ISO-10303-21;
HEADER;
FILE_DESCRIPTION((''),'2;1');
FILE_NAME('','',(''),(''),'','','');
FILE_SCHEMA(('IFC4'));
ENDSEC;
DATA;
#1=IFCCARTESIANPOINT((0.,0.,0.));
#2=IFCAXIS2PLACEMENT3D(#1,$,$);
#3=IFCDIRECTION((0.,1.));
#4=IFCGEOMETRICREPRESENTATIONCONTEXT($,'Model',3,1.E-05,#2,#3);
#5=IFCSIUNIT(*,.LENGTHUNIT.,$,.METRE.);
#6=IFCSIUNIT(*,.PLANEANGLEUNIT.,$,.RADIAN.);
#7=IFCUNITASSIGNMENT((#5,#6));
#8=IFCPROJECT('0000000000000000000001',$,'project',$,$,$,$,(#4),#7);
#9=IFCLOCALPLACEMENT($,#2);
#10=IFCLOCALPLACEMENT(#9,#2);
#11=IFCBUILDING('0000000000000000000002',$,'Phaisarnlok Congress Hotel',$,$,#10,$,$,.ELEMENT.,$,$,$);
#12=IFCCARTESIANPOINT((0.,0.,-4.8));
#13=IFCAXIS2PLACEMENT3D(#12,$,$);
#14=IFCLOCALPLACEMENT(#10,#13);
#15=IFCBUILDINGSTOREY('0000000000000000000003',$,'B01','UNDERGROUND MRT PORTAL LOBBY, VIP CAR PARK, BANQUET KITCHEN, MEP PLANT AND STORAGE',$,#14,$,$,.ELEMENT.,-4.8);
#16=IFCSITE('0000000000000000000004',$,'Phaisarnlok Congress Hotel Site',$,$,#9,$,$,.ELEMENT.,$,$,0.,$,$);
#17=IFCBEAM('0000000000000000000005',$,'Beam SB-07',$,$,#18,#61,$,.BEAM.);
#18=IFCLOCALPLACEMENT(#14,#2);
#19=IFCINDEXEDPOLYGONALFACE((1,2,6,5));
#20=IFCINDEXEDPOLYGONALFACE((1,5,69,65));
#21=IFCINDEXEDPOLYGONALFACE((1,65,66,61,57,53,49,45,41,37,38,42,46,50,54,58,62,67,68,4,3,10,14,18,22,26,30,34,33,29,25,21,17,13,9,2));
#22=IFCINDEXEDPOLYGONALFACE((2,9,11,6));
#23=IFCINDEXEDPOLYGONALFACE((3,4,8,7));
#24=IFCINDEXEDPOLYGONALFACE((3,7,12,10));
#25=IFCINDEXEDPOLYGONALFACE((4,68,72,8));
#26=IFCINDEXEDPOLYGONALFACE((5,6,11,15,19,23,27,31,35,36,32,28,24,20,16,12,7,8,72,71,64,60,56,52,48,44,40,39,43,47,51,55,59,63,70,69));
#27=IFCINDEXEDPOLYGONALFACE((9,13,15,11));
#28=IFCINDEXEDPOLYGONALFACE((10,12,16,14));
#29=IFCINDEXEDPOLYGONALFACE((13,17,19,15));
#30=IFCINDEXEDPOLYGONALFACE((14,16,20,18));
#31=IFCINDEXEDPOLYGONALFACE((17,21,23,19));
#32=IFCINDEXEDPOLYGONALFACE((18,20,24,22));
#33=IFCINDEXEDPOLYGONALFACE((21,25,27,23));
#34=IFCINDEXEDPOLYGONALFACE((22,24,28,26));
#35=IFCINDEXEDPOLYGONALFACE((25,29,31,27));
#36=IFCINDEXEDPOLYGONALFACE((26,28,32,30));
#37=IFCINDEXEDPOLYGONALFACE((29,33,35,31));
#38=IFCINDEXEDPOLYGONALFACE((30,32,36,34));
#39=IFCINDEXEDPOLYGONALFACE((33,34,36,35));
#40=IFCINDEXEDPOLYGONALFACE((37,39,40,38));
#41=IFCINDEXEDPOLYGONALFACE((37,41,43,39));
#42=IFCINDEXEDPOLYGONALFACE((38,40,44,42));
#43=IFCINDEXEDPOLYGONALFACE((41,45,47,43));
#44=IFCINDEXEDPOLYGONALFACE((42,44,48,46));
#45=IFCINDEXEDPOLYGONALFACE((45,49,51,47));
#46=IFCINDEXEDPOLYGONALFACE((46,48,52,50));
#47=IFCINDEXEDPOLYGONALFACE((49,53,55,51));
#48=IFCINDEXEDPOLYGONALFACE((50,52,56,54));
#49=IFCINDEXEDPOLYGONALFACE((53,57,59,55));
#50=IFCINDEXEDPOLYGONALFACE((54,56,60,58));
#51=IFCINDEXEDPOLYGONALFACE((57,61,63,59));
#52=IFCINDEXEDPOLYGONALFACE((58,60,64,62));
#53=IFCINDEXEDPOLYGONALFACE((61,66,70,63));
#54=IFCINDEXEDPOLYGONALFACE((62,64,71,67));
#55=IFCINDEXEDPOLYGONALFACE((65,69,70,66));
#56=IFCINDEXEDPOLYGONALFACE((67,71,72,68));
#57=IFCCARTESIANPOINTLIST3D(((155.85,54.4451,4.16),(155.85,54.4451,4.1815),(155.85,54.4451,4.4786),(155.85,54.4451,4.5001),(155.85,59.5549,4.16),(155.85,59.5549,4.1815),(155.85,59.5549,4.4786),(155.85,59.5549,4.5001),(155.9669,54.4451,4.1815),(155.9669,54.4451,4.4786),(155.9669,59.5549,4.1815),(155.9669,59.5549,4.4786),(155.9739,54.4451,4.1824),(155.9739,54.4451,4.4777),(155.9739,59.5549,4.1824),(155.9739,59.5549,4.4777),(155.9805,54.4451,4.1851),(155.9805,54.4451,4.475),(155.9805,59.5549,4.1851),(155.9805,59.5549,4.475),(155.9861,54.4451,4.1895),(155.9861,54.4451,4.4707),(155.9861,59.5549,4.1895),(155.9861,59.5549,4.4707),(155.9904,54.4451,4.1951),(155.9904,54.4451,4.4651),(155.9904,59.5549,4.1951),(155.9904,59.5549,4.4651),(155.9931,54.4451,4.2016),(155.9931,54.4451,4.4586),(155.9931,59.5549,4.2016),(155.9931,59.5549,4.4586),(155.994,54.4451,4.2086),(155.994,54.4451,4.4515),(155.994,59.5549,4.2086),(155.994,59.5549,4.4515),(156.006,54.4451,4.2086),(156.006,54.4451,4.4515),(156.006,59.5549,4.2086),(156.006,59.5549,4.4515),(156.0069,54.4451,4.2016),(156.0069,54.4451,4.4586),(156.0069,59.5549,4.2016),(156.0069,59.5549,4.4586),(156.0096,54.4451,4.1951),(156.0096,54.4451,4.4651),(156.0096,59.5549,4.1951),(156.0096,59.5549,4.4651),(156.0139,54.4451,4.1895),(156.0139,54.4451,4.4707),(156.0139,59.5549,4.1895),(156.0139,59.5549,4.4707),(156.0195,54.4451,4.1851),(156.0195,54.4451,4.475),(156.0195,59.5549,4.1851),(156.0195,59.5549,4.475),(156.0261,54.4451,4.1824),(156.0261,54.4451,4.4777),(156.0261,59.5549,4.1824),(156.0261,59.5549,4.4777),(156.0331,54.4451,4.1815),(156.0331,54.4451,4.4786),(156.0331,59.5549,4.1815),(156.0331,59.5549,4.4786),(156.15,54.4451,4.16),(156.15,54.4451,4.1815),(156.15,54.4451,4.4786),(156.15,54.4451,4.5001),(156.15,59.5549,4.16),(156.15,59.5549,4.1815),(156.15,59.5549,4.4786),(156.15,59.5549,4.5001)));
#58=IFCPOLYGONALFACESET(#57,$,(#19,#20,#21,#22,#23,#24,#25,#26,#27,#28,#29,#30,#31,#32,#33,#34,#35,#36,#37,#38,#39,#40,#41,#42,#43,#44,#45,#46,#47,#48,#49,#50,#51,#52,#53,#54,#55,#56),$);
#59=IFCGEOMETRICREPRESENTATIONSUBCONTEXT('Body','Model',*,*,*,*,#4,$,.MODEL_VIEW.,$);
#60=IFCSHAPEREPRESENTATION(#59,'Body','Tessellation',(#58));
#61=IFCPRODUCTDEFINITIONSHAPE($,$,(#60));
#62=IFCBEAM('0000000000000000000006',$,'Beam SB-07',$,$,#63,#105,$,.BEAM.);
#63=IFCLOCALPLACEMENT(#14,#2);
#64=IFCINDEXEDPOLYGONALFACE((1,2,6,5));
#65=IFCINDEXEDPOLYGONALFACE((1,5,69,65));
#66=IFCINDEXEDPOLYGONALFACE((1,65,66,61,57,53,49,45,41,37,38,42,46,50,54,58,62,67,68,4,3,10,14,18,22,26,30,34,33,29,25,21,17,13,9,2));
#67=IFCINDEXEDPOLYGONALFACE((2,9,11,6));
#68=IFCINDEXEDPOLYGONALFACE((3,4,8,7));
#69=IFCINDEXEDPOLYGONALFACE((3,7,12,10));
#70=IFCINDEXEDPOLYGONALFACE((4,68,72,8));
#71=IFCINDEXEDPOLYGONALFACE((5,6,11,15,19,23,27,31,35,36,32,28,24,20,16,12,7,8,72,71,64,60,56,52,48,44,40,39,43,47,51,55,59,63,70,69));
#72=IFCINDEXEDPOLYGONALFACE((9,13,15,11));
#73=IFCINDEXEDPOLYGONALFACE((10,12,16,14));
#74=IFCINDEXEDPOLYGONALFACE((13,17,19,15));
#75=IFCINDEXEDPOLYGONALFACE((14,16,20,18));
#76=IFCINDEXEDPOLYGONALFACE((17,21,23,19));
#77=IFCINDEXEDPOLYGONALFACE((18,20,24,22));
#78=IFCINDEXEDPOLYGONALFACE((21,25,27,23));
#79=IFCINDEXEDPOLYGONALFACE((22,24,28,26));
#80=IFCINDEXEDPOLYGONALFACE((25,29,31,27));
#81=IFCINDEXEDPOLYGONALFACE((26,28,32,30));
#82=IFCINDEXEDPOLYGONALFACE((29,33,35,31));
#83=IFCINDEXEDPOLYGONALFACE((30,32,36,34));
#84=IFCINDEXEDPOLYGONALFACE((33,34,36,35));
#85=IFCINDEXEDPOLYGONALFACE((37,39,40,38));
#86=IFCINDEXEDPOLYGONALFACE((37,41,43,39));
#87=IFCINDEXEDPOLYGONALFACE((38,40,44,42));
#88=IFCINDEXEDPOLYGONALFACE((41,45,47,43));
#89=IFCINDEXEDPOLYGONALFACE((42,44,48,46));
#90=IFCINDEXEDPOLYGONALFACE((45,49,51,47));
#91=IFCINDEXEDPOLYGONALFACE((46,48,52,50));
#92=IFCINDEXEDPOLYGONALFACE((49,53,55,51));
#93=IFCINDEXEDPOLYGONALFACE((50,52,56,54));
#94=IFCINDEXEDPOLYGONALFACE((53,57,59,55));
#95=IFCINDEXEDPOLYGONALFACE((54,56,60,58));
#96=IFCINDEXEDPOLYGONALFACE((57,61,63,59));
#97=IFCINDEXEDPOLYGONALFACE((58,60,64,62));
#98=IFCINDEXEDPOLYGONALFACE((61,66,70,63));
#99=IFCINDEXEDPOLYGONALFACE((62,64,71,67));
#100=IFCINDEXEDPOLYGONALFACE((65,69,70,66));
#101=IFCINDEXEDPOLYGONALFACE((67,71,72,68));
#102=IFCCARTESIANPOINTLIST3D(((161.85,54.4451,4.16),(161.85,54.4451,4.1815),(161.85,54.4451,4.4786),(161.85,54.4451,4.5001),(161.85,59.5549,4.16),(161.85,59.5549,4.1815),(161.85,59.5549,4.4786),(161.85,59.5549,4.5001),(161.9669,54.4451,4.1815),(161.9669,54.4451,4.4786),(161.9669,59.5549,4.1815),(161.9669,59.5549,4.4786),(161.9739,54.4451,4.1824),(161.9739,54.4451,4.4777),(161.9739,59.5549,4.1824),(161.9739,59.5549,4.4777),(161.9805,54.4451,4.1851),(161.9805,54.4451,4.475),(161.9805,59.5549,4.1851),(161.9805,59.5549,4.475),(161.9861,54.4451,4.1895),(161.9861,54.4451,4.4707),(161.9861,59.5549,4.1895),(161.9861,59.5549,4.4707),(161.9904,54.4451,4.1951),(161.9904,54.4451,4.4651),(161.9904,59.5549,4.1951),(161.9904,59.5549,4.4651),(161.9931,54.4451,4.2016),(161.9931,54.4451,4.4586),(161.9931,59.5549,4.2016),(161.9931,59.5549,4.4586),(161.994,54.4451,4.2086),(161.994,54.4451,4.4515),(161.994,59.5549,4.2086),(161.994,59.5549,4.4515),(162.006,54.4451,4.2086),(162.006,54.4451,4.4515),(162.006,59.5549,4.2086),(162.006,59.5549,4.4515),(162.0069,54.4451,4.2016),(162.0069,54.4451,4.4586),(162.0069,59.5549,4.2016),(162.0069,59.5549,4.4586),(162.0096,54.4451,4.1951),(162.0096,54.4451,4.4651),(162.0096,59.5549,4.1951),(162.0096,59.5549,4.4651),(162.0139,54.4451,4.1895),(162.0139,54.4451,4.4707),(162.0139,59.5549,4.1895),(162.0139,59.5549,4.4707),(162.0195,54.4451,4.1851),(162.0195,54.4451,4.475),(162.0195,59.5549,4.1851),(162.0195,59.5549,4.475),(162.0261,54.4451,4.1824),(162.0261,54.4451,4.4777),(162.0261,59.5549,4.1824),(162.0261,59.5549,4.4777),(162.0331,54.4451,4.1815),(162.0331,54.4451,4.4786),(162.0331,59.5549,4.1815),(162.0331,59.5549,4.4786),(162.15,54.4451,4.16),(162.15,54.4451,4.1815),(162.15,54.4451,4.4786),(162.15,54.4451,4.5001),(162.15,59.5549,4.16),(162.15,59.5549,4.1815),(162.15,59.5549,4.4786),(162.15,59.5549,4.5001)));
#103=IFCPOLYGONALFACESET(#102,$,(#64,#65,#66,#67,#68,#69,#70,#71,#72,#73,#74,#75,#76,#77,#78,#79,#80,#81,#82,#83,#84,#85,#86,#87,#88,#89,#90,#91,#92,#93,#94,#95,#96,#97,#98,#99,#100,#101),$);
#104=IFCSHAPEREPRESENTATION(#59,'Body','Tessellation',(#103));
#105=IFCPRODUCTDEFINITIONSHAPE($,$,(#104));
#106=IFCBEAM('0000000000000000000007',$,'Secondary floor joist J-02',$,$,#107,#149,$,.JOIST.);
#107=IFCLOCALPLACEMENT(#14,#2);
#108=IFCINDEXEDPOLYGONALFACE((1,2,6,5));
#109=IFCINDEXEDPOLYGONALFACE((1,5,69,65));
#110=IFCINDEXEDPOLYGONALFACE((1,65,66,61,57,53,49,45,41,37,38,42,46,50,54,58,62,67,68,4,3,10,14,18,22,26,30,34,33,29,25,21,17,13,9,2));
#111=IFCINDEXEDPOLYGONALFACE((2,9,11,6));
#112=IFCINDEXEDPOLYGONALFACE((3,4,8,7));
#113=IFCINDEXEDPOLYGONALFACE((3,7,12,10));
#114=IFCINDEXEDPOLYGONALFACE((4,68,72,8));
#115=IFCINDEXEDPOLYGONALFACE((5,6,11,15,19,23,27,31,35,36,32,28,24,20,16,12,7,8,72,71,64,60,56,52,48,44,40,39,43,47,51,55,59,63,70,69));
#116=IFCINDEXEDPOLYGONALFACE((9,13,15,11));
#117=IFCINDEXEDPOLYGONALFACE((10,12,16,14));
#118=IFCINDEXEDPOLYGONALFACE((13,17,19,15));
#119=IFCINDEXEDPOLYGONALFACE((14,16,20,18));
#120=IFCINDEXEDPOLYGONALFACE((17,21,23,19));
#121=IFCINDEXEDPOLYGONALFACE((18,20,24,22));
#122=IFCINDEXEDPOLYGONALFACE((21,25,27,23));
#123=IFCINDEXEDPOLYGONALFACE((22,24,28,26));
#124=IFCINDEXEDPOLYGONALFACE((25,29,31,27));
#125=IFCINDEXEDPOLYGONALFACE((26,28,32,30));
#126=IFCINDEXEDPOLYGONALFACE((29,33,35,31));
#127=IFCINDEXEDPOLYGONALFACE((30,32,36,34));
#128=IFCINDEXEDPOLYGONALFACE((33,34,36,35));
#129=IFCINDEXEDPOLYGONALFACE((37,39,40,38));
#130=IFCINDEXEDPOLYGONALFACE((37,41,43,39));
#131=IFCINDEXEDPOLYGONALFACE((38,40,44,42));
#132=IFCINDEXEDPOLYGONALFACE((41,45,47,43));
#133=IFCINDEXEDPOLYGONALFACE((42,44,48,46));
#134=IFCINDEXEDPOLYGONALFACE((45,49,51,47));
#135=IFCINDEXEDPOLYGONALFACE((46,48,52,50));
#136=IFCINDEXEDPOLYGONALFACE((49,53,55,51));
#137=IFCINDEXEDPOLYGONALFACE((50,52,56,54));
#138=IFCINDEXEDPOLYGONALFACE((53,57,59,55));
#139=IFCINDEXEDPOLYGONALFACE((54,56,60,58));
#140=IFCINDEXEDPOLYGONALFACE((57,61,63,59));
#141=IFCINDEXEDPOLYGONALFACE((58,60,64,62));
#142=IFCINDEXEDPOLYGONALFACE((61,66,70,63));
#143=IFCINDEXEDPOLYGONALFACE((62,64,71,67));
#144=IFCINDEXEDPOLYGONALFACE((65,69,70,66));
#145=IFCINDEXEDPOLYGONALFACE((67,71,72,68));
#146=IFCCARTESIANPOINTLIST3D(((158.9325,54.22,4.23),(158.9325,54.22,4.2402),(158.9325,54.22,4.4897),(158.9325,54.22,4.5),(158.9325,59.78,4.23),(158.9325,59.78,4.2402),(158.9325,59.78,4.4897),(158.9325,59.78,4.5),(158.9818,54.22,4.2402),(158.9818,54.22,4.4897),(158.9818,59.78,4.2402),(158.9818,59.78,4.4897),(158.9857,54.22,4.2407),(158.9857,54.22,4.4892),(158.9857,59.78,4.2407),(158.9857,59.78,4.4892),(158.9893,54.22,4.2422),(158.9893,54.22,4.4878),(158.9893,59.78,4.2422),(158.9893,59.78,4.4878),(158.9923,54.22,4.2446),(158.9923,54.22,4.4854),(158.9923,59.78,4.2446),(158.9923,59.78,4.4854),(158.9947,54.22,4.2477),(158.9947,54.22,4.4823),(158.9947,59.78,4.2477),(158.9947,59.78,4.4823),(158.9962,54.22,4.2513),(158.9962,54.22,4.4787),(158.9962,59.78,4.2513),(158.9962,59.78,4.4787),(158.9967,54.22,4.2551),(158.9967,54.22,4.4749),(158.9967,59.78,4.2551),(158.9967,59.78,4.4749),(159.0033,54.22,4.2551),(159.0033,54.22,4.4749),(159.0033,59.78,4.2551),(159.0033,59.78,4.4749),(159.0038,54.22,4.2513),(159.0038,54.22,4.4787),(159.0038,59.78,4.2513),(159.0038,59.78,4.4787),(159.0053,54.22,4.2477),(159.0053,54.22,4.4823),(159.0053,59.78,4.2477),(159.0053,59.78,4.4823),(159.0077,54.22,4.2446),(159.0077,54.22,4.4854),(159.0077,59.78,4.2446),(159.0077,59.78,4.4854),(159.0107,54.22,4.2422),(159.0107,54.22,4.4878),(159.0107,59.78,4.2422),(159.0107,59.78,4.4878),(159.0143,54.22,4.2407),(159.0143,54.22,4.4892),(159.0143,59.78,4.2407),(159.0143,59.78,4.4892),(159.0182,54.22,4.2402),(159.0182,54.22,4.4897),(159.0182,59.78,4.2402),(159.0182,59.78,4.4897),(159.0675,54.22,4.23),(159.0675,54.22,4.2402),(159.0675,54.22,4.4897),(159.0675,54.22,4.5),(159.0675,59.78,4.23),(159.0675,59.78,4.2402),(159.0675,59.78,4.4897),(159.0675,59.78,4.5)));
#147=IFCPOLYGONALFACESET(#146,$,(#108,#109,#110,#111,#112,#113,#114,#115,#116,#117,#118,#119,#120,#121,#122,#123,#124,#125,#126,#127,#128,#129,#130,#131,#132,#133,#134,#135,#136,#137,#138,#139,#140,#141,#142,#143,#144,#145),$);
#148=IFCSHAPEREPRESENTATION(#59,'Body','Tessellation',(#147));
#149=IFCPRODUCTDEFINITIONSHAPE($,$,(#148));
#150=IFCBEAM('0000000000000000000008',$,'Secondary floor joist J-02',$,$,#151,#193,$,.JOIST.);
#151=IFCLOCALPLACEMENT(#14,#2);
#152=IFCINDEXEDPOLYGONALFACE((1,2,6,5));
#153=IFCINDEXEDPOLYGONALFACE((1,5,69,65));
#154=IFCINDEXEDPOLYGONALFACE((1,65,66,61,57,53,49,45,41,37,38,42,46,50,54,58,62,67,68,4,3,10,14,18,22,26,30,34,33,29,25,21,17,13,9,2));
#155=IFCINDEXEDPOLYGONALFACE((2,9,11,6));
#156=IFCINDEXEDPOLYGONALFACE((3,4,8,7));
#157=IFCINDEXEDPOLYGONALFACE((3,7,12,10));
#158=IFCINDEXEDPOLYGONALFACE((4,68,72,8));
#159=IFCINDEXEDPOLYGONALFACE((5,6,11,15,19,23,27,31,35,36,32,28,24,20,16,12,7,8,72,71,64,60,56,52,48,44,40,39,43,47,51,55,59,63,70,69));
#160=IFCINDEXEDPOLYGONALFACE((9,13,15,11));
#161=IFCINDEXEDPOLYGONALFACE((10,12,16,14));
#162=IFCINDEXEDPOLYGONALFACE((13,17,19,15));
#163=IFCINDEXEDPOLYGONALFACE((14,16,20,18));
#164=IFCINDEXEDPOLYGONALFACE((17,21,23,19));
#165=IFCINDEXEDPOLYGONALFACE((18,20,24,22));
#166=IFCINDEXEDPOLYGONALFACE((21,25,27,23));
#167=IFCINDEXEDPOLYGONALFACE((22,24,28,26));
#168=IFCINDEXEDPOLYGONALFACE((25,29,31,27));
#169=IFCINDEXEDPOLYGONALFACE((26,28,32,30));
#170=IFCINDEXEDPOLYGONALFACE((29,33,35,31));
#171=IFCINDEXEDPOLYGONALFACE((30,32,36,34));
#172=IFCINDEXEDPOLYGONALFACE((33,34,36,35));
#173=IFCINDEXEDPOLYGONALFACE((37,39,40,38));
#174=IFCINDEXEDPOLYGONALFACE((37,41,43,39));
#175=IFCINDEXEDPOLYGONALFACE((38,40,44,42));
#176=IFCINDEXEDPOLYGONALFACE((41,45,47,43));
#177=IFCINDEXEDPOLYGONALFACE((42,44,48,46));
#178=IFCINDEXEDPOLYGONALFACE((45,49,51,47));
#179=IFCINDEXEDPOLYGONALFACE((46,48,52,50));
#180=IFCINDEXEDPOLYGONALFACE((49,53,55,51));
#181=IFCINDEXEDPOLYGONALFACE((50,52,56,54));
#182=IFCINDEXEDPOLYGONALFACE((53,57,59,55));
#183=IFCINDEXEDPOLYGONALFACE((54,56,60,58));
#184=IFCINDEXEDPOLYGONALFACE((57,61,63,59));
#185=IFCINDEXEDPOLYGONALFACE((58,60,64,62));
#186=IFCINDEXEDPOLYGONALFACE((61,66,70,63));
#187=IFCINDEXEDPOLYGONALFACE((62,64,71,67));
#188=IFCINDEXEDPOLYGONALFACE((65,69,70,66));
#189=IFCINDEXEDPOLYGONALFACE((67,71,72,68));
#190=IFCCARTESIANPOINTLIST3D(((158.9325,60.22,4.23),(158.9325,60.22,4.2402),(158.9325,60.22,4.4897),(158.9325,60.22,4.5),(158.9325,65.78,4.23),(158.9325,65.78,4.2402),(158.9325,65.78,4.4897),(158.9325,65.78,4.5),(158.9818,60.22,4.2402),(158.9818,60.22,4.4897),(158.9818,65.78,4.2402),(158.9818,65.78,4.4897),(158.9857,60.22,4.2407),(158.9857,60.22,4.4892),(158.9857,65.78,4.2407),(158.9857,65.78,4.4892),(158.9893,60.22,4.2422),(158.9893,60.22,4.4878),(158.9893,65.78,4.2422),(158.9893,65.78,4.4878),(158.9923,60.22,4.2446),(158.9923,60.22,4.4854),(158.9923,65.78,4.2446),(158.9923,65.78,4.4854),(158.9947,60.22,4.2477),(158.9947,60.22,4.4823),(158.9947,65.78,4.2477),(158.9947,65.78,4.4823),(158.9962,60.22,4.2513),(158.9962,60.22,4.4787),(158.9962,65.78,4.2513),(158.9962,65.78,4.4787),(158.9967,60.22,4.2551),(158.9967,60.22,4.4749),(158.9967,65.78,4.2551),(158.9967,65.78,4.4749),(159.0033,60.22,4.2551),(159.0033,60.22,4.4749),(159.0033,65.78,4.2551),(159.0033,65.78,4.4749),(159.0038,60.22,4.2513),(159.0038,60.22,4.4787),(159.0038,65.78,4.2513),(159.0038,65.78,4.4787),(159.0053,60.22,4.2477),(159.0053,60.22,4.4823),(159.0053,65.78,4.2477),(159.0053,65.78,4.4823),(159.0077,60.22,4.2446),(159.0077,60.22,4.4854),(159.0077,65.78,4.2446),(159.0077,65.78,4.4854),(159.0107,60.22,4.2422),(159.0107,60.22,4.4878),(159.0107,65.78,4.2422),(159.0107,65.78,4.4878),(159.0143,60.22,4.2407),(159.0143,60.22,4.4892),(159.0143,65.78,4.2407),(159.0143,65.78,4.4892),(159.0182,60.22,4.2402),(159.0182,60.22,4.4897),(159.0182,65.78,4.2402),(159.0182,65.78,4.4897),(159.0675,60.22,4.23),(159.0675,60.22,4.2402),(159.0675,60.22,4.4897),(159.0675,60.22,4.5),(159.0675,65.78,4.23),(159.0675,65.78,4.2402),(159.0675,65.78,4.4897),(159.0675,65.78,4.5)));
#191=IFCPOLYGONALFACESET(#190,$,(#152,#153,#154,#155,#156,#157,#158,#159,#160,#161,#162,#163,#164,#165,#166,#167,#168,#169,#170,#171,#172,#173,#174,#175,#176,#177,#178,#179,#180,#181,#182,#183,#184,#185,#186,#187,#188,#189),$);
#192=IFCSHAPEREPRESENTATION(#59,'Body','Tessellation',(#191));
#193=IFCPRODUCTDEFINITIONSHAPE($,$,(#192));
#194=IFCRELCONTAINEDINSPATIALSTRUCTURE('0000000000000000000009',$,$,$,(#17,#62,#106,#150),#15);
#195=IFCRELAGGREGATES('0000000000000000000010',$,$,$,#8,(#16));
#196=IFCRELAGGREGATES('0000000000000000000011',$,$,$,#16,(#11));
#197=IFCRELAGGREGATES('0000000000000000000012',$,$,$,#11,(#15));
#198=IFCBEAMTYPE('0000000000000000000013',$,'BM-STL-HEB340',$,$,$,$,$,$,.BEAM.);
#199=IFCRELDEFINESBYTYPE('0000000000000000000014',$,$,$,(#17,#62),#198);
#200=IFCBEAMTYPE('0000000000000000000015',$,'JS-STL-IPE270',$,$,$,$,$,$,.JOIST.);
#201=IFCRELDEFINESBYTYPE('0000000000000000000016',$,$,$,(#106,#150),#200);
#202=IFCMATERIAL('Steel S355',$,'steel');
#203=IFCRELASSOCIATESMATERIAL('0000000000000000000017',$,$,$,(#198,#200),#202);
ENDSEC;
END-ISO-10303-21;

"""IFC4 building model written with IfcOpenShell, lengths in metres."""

from ifc_helpers import new_model, si_unit, direction, frame, origin, origin_2d, place, context, subcontext, project, spatial, i_section, extrude, material, material_profile, profile_set, type_object, element, save


model = new_model("IFC4")

# Units and contexts
model_context = context("Model", 3, precision=1e-05, world=origin(), true_north=direction((0.0, 1.0)))
body_context = subcontext(model_context, "Body", "Model", "MODEL_VIEW")
ifc_project = project(units=[si_unit("LENGTHUNIT", "METRE"), si_unit("PLANEANGLEUNIT", "RADIAN")], contexts=[model_context])

# Site, building, storey
site_placement = place(None, origin())
site = spatial("IfcSite", under=ifc_project, at=site_placement, Name="Phaisarnlok Congress Hotel Site", CompositionType="ELEMENT", RefElevation=0.0)
building_placement = place(site_placement, origin())
building = spatial("IfcBuilding", under=site, at=building_placement, Name="Phaisarnlok Congress Hotel", CompositionType="ELEMENT")
storey_placement = place(building_placement, frame((0.0, 0.0, -4.8)))
storey = spatial("IfcBuildingStorey", under=building, at=storey_placement, Name="B01", Description="UNDERGROUND MRT PORTAL LOBBY, VIP CAR PARK, BANQUET KITCHEN, MEP PLANT AND STORAGE", CompositionType="ELEMENT", Elevation=-4.8)

# Beams
ifc_material_1 = material(Name="Steel S355", Category="steel")
ifc_material_profile_1 = material_profile(ifc_material_1, i_section(OverallWidth=0.3, OverallDepth=0.3401, WebThickness=0.012, FlangeThickness=0.0215, FilletRadius=0.0271, at=origin_2d()), Name="HEB 340")
ifc_profile_set_1 = profile_set([ifc_material_profile_1], Name="Steel S355")
beam_type_1 = type_object("IfcBeamType", Name="BM-STL-HEB340", PredefinedType="BEAM", material=ifc_profile_set_1)
for number, where, z_axis, x_axis, name in (
    (1, (156.0, 54.4451, 4.3301), (0.0, 1.0, 0.0), (-1.0, 0.0, 0.0), "Beam SB-07"),
    (2, (162.0, 54.4451, 4.3301), (0.0, 1.0, 0.0), (-1.0, 0.0, 0.0), "Beam SB-07"),
):
    element("IfcBeam", number, at=place(storey_placement, frame(where, z_axis=z_axis, x_axis=x_axis)), inside=storey, type_object=beam_type_1, Name=name, PredefinedType="BEAM", context=body_context, shape_type="SweptSolid", body=[
        extrude(i_section(OverallWidth=0.3, OverallDepth=0.3401, WebThickness=0.012, FlangeThickness=0.0215, FilletRadius=0.0271, at=origin_2d()), origin(), (0.0, 0.0, 1.0), 5.1099),
    ])
ifc_material_profile_2 = material_profile(ifc_material_1, i_section(OverallWidth=0.135, OverallDepth=0.27, WebThickness=0.0066, FlangeThickness=0.0103, FilletRadius=0.0149, at=origin_2d()), Name="IPE 270")
ifc_profile_set_2 = profile_set([ifc_material_profile_2], Name="Steel S355")
beam_type_2 = type_object("IfcBeamType", Name="JS-STL-IPE270", PredefinedType="JOIST", material=ifc_profile_set_2)
for number, where, z_axis, x_axis, name in (
    (3, (159.0, 54.22, 4.365), (0.0, 1.0, 0.0), (-1.0, 0.0, 0.0), "Secondary floor joist J-02"),
    (4, (159.0, 60.22, 4.365), (0.0, 1.0, 0.0), (-1.0, 0.0, 0.0), "Secondary floor joist J-02"),
):
    element("IfcBeam", number, at=place(storey_placement, frame(where, z_axis=z_axis, x_axis=x_axis)), inside=storey, type_object=beam_type_2, Name=name, PredefinedType="JOIST", context=body_context, shape_type="SweptSolid", body=[
        extrude(i_section(OverallWidth=0.135, OverallDepth=0.27, WebThickness=0.0066, FlangeThickness=0.0103, FilletRadius=0.0149, at=origin_2d()), origin(), (0.0, 0.0, 1.0), 5.5601),
    ])

save(model, "model.ifc")
